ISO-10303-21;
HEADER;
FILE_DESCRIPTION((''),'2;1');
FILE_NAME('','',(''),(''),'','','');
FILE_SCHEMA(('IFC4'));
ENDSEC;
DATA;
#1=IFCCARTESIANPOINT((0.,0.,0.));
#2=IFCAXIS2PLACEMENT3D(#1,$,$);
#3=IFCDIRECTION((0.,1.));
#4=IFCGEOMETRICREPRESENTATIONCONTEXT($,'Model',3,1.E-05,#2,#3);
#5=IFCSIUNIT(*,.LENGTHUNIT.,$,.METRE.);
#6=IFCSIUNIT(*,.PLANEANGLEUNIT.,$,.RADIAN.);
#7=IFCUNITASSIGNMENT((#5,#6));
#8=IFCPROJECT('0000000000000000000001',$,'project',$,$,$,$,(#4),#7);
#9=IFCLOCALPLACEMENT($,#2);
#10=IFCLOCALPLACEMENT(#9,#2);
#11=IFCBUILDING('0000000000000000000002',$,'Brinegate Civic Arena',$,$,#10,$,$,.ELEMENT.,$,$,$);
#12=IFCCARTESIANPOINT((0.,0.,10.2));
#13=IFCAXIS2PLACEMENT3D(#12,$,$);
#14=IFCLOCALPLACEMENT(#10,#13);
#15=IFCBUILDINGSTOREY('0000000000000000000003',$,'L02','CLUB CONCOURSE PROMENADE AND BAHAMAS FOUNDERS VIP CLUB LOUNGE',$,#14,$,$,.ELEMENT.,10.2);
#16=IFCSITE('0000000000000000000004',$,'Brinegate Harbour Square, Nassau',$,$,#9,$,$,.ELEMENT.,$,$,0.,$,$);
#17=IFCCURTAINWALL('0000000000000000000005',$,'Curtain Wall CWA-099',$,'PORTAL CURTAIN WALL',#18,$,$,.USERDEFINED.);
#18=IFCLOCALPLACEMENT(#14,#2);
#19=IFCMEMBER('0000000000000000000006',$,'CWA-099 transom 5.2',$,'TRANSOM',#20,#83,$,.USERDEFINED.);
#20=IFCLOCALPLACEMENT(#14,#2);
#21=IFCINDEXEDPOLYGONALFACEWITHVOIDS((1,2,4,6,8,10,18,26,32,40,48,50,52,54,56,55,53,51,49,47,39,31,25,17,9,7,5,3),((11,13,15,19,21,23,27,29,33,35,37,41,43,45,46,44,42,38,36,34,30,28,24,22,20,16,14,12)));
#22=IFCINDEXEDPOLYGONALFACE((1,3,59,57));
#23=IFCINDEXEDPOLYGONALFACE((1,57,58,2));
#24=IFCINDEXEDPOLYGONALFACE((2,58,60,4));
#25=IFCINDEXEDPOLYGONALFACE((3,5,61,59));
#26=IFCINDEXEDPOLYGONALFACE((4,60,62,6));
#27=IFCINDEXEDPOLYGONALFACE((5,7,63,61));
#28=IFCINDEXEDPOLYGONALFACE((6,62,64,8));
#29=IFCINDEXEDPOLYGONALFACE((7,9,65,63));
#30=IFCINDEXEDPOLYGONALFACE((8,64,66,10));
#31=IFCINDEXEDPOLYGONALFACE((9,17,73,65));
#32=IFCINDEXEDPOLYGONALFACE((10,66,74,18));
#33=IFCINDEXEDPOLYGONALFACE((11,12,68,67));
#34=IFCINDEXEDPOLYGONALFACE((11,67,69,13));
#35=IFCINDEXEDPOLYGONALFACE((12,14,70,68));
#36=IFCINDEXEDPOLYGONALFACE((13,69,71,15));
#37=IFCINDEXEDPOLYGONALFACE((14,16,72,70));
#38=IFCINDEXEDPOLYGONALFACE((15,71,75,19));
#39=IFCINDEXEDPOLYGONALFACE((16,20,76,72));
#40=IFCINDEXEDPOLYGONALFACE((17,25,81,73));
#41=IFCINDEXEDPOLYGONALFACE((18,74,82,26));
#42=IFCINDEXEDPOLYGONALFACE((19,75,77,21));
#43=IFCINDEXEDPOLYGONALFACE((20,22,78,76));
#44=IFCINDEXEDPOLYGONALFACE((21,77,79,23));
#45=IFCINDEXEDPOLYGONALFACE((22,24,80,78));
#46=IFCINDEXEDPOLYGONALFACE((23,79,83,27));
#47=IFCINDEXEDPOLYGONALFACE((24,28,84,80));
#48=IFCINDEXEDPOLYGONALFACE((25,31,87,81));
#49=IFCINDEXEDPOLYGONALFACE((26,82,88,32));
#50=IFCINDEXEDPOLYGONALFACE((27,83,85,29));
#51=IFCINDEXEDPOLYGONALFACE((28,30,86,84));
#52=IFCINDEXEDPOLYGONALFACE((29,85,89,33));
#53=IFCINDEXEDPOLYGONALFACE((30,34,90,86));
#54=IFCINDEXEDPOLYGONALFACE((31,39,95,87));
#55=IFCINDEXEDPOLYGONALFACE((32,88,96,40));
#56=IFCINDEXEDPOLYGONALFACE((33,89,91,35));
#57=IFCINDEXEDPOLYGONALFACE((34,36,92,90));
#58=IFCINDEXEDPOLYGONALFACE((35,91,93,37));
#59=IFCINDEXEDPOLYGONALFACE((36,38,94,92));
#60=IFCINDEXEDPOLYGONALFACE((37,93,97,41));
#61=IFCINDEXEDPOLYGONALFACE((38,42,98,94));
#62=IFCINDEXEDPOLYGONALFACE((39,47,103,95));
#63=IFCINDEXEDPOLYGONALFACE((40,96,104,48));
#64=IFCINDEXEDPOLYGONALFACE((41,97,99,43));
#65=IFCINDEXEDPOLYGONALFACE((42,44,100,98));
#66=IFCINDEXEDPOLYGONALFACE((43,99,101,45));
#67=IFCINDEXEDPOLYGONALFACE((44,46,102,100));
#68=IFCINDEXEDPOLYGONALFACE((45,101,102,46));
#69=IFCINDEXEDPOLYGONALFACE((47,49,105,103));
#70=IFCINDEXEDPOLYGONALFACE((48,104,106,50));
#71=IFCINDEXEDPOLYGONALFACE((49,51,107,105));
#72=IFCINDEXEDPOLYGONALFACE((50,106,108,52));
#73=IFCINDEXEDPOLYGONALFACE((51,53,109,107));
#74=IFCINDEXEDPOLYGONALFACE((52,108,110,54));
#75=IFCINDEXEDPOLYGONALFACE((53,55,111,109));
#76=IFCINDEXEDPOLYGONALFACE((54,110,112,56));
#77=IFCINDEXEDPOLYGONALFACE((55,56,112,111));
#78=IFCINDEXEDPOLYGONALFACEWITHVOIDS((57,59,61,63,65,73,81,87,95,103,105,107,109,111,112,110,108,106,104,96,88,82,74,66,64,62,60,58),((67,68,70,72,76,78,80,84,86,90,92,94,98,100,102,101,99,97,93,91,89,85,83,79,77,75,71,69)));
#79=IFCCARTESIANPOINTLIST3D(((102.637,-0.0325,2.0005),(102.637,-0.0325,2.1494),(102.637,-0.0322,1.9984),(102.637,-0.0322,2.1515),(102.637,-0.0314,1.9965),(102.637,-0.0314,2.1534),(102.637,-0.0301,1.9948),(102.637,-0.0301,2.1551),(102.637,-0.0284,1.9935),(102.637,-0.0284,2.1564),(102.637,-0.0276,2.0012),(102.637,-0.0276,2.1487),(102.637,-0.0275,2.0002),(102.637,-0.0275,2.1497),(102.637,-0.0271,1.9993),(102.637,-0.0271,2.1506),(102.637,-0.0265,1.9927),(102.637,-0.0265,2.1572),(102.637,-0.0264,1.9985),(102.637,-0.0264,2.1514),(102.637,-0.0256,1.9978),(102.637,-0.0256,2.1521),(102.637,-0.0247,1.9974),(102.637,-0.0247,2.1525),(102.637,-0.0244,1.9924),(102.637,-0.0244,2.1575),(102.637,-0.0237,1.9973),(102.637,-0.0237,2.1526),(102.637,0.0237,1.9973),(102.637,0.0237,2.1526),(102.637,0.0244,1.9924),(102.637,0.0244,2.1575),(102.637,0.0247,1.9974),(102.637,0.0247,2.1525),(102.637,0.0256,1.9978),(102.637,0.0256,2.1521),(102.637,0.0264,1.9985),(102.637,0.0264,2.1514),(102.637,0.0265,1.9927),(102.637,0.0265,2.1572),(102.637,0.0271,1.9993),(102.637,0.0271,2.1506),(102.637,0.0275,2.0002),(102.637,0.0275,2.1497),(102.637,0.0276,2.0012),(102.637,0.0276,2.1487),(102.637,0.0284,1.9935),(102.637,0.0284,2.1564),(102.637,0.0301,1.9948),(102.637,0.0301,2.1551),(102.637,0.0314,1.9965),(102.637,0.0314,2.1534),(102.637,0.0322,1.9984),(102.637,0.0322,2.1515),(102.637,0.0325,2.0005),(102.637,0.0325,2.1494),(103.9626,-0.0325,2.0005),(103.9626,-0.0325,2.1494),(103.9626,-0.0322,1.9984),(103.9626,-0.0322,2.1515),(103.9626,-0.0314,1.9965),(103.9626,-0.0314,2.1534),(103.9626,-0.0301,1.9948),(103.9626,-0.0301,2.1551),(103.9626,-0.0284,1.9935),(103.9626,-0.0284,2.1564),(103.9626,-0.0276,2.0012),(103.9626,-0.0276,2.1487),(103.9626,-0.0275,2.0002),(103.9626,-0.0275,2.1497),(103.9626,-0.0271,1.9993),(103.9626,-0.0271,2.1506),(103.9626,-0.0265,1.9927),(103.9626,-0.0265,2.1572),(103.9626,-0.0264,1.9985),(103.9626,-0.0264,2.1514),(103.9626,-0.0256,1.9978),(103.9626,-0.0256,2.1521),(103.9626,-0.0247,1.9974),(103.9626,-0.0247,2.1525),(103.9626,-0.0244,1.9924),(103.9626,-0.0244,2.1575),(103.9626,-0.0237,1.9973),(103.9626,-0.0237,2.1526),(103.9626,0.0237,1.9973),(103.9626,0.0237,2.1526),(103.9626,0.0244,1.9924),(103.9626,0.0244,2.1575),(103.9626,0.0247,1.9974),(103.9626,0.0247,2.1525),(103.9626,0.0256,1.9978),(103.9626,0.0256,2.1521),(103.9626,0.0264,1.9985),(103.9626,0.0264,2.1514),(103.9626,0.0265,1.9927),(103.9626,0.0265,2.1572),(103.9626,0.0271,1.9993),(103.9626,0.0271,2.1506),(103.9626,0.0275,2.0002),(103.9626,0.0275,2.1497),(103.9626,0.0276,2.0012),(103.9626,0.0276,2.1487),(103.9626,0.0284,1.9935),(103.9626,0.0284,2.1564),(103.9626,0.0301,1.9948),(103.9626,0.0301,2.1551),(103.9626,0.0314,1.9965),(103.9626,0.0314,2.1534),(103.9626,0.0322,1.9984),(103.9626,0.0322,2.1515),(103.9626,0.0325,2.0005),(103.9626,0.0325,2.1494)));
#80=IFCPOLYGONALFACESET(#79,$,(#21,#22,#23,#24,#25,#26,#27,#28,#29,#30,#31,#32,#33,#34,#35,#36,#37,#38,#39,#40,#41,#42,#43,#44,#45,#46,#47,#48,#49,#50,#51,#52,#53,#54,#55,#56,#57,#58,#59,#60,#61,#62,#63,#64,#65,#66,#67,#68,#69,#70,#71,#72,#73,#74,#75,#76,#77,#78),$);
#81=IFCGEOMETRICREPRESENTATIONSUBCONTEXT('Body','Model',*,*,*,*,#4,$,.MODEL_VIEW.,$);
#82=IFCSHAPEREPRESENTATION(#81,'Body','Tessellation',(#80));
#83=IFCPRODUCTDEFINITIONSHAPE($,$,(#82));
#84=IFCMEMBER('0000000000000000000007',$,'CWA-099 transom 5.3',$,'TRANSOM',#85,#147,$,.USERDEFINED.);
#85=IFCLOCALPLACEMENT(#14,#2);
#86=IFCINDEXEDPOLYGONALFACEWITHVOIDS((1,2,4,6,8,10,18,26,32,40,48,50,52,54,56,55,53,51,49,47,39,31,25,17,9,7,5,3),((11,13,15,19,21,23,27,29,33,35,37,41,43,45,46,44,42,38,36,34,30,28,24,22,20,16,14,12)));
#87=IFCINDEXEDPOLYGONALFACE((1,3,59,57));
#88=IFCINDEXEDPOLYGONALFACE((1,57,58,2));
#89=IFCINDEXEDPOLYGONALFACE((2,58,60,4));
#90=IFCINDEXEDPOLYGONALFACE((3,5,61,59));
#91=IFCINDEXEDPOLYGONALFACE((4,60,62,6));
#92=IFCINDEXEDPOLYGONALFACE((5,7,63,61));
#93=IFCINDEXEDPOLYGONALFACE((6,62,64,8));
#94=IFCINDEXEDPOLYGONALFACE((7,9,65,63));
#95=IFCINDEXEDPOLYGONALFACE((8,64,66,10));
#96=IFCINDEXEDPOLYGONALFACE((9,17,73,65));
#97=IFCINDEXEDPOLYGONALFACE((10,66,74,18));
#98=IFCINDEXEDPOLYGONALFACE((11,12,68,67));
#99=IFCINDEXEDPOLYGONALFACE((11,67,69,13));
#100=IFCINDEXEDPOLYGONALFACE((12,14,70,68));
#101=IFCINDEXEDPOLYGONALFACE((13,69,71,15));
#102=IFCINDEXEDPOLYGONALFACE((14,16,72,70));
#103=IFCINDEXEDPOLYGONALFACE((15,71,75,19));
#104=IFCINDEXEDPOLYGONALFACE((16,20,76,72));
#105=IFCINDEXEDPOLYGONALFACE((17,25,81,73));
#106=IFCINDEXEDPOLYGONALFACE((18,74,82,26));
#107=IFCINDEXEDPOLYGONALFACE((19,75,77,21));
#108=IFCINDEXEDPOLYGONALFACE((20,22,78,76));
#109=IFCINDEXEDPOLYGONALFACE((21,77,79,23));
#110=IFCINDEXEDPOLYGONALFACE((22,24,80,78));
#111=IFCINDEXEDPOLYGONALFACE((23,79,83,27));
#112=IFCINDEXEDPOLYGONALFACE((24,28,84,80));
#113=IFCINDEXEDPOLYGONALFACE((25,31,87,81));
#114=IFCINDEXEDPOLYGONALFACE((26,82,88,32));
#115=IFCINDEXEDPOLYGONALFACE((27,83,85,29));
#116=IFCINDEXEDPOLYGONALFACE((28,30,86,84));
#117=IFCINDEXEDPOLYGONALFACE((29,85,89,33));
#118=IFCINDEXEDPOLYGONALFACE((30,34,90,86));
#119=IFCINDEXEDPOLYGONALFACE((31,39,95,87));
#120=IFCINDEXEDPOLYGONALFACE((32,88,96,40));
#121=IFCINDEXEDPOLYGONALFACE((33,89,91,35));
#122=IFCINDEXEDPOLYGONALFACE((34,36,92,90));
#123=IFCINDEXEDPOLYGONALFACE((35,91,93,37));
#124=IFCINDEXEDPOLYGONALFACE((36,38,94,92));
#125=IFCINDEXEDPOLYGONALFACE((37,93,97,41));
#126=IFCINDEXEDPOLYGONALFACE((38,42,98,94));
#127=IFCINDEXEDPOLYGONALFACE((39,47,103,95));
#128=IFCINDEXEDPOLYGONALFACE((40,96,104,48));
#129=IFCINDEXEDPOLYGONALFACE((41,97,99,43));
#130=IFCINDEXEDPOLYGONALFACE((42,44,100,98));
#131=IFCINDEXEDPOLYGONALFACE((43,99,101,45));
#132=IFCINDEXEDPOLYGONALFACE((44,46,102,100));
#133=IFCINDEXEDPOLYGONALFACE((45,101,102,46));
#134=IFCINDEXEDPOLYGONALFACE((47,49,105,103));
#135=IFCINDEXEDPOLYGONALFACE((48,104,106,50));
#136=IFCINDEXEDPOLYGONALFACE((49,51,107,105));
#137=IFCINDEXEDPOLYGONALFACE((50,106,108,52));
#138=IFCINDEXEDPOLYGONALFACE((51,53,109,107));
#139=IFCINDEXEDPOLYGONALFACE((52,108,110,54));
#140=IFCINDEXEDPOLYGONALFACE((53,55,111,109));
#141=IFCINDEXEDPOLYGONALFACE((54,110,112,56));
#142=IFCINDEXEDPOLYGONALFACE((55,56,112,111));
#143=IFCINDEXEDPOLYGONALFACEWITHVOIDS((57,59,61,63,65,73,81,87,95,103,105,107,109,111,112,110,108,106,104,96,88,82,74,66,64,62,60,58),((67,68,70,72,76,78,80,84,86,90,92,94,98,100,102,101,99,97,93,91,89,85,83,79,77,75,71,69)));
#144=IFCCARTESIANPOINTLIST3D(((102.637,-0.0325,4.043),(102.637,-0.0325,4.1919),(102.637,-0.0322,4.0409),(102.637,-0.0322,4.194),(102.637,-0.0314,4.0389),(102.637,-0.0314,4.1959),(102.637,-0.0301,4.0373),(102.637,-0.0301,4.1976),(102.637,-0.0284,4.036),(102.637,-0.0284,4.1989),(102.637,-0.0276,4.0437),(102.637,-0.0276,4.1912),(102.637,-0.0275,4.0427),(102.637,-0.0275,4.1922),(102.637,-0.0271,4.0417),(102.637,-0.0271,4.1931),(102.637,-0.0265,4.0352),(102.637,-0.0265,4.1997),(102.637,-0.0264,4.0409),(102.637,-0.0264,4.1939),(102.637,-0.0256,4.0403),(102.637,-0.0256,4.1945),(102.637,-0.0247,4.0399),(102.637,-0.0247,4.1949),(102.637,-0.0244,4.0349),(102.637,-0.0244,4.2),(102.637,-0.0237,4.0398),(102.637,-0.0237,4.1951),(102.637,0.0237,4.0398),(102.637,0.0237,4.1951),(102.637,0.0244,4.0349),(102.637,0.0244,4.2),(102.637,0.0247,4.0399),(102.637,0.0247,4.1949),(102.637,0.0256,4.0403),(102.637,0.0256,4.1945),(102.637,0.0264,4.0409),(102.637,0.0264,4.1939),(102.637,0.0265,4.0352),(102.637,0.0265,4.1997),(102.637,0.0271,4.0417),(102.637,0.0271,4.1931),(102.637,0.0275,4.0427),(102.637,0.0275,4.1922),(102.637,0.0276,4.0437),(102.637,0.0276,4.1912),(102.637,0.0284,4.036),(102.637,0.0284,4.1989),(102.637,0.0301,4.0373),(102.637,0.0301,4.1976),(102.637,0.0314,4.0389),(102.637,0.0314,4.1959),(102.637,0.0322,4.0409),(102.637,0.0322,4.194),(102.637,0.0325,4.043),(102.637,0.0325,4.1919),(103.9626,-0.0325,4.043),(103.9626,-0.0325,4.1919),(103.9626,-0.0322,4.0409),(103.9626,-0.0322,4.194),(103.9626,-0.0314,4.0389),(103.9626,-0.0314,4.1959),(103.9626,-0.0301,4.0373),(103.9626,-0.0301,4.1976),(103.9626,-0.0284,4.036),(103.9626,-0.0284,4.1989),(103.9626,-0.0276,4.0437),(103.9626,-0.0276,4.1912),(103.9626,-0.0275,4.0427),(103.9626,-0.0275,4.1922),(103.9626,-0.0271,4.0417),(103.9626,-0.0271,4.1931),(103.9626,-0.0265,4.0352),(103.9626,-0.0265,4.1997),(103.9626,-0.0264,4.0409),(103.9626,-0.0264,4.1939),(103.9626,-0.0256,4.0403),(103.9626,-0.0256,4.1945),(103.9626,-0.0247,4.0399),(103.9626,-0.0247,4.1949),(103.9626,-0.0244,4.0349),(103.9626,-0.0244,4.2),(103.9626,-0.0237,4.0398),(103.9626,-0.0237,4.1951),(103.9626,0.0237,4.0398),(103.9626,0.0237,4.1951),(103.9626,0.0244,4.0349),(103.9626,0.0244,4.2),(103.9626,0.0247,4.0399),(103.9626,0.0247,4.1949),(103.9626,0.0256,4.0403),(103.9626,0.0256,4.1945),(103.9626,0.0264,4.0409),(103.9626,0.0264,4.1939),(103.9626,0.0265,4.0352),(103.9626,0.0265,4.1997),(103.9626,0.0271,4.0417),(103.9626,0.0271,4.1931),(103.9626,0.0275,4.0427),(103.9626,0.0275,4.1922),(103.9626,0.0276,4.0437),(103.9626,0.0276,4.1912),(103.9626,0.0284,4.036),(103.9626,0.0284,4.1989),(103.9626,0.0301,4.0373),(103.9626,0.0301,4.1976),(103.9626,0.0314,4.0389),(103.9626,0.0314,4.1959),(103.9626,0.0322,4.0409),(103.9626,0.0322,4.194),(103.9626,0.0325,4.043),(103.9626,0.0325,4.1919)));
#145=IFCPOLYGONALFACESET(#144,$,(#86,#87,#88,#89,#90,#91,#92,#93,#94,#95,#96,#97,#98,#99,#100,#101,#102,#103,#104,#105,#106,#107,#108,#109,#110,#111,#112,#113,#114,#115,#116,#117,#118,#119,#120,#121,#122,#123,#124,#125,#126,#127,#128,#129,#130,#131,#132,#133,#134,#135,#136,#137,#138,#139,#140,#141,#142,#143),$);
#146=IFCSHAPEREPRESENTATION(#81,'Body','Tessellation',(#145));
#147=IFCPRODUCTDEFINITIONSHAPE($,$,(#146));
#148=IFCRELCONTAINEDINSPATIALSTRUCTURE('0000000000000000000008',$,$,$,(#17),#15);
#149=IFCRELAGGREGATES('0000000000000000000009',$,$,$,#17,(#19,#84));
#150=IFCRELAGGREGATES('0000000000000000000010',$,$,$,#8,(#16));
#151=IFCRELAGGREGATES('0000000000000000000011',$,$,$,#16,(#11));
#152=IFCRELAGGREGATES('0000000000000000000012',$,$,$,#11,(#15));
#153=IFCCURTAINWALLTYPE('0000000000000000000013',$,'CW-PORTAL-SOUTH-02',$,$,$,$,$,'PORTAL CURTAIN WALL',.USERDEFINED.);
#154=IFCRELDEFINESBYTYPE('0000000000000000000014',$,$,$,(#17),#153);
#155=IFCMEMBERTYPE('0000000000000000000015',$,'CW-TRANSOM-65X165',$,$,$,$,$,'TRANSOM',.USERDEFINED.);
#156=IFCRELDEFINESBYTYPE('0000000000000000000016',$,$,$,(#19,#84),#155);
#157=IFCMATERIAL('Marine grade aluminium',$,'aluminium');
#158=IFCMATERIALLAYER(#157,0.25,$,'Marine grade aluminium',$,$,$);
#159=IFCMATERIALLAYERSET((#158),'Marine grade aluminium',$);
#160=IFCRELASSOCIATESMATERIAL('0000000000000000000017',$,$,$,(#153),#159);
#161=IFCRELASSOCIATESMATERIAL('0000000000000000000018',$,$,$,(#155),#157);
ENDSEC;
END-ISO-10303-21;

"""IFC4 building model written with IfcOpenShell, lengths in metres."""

from ifc_helpers import new_model, si_unit, direction, frame, origin, origin_2d, place, context, subcontext, project, spatial, hollow_rectangle, extrude, material, layer, layer_set, material_profile, profile_set, type_object, element, aggregate, save


model = new_model("IFC4")

# Units and contexts
model_context = context("Model", 3, precision=1e-05, world=origin(), true_north=direction((0.0, 1.0)))
body_context = subcontext(model_context, "Body", "Model", "MODEL_VIEW")
ifc_project = project(units=[si_unit("LENGTHUNIT", "METRE"), si_unit("PLANEANGLEUNIT", "RADIAN")], contexts=[model_context])

# Site, building, storey
site_placement = place(None, origin())
site = spatial("IfcSite", under=ifc_project, at=site_placement, Name="Brinegate Harbour Square, Nassau", CompositionType="ELEMENT", RefElevation=0.0)
building_placement = place(site_placement, origin())
building = spatial("IfcBuilding", under=site, at=building_placement, Name="Brinegate Civic Arena", CompositionType="ELEMENT")
storey_placement = place(building_placement, frame((0.0, 0.0, 10.2)))
storey = spatial("IfcBuildingStorey", under=building, at=storey_placement, Name="L02", Description="CLUB CONCOURSE PROMENADE AND BAHAMAS FOUNDERS VIP CLUB LOUNGE", CompositionType="ELEMENT", Elevation=10.2)

# Curtain wall, members
ifc_material_1 = material(Name="Marine grade aluminium", Category="aluminium")
ifc_layer_1 = layer(ifc_material_1, 0.25, Name="Marine grade aluminium")
ifc_layer_set_1 = layer_set([ifc_layer_1], Name="Marine grade aluminium")
curtain_wall_type = type_object("IfcCurtainWallType", Name="CW-PORTAL-SOUTH-02", ElementType="PORTAL CURTAIN WALL", PredefinedType="USERDEFINED", material=ifc_layer_set_1)
curtain_wall_placement = place(storey_placement, origin())
curtain_wall = element("IfcCurtainWall", 1, at=curtain_wall_placement, inside=storey, type_object=curtain_wall_type, Name="Curtain Wall CWA-099", ObjectType="PORTAL CURTAIN WALL", PredefinedType="USERDEFINED")
ifc_material_profile_1 = material_profile(ifc_material_1, hollow_rectangle(XDim=0.0649, YDim=0.165, WallThickness=0.0049, InnerFilletRadius=0.0039, OuterFilletRadius=0.0081, at=origin_2d()), Name="TRN65X165")
ifc_profile_set_1 = profile_set([ifc_material_profile_1], Name="Marine grade aluminium")
member_type_1 = type_object("IfcMemberType", Name="CW-TRANSOM-65X165", ElementType="TRANSOM", PredefinedType="USERDEFINED", material=ifc_profile_set_1)
member_1_placement = place(storey_placement, frame((102.637, 0.0, 2.075), z_axis=(1.0, 0.0, 0.0), x_axis=(0.0, 1.0, 0.0)))
member_1 = element("IfcMember", 2, at=member_1_placement, type_object=member_type_1, Name="CWA-099 transom 5.2", ObjectType="TRANSOM", PredefinedType="USERDEFINED", context=body_context, shape_type="SweptSolid", body=[
    extrude(hollow_rectangle(XDim=0.0649, YDim=0.165, WallThickness=0.0049, InnerFilletRadius=0.0039, OuterFilletRadius=0.0081, at=origin_2d()), origin(), (0.0, 0.0, 1.0), 1.3257),
])
member_2_placement = place(storey_placement, frame((102.637, 0.0, 4.1174), z_axis=(1.0, 0.0, 0.0), x_axis=(0.0, 1.0, 0.0)))
member_2 = element("IfcMember", 3, at=member_2_placement, type_object=member_type_1, Name="CWA-099 transom 5.3", ObjectType="TRANSOM", PredefinedType="USERDEFINED", context=body_context, shape_type="SweptSolid", body=[
    extrude(hollow_rectangle(XDim=0.0649, YDim=0.165, WallThickness=0.0049, InnerFilletRadius=0.0039, OuterFilletRadius=0.0081, at=origin_2d()), origin(), (0.0, 0.0, 1.0), 1.3257),
])

aggregate(curtain_wall, [member_1, member_2])

save(model, "model.ifc")
